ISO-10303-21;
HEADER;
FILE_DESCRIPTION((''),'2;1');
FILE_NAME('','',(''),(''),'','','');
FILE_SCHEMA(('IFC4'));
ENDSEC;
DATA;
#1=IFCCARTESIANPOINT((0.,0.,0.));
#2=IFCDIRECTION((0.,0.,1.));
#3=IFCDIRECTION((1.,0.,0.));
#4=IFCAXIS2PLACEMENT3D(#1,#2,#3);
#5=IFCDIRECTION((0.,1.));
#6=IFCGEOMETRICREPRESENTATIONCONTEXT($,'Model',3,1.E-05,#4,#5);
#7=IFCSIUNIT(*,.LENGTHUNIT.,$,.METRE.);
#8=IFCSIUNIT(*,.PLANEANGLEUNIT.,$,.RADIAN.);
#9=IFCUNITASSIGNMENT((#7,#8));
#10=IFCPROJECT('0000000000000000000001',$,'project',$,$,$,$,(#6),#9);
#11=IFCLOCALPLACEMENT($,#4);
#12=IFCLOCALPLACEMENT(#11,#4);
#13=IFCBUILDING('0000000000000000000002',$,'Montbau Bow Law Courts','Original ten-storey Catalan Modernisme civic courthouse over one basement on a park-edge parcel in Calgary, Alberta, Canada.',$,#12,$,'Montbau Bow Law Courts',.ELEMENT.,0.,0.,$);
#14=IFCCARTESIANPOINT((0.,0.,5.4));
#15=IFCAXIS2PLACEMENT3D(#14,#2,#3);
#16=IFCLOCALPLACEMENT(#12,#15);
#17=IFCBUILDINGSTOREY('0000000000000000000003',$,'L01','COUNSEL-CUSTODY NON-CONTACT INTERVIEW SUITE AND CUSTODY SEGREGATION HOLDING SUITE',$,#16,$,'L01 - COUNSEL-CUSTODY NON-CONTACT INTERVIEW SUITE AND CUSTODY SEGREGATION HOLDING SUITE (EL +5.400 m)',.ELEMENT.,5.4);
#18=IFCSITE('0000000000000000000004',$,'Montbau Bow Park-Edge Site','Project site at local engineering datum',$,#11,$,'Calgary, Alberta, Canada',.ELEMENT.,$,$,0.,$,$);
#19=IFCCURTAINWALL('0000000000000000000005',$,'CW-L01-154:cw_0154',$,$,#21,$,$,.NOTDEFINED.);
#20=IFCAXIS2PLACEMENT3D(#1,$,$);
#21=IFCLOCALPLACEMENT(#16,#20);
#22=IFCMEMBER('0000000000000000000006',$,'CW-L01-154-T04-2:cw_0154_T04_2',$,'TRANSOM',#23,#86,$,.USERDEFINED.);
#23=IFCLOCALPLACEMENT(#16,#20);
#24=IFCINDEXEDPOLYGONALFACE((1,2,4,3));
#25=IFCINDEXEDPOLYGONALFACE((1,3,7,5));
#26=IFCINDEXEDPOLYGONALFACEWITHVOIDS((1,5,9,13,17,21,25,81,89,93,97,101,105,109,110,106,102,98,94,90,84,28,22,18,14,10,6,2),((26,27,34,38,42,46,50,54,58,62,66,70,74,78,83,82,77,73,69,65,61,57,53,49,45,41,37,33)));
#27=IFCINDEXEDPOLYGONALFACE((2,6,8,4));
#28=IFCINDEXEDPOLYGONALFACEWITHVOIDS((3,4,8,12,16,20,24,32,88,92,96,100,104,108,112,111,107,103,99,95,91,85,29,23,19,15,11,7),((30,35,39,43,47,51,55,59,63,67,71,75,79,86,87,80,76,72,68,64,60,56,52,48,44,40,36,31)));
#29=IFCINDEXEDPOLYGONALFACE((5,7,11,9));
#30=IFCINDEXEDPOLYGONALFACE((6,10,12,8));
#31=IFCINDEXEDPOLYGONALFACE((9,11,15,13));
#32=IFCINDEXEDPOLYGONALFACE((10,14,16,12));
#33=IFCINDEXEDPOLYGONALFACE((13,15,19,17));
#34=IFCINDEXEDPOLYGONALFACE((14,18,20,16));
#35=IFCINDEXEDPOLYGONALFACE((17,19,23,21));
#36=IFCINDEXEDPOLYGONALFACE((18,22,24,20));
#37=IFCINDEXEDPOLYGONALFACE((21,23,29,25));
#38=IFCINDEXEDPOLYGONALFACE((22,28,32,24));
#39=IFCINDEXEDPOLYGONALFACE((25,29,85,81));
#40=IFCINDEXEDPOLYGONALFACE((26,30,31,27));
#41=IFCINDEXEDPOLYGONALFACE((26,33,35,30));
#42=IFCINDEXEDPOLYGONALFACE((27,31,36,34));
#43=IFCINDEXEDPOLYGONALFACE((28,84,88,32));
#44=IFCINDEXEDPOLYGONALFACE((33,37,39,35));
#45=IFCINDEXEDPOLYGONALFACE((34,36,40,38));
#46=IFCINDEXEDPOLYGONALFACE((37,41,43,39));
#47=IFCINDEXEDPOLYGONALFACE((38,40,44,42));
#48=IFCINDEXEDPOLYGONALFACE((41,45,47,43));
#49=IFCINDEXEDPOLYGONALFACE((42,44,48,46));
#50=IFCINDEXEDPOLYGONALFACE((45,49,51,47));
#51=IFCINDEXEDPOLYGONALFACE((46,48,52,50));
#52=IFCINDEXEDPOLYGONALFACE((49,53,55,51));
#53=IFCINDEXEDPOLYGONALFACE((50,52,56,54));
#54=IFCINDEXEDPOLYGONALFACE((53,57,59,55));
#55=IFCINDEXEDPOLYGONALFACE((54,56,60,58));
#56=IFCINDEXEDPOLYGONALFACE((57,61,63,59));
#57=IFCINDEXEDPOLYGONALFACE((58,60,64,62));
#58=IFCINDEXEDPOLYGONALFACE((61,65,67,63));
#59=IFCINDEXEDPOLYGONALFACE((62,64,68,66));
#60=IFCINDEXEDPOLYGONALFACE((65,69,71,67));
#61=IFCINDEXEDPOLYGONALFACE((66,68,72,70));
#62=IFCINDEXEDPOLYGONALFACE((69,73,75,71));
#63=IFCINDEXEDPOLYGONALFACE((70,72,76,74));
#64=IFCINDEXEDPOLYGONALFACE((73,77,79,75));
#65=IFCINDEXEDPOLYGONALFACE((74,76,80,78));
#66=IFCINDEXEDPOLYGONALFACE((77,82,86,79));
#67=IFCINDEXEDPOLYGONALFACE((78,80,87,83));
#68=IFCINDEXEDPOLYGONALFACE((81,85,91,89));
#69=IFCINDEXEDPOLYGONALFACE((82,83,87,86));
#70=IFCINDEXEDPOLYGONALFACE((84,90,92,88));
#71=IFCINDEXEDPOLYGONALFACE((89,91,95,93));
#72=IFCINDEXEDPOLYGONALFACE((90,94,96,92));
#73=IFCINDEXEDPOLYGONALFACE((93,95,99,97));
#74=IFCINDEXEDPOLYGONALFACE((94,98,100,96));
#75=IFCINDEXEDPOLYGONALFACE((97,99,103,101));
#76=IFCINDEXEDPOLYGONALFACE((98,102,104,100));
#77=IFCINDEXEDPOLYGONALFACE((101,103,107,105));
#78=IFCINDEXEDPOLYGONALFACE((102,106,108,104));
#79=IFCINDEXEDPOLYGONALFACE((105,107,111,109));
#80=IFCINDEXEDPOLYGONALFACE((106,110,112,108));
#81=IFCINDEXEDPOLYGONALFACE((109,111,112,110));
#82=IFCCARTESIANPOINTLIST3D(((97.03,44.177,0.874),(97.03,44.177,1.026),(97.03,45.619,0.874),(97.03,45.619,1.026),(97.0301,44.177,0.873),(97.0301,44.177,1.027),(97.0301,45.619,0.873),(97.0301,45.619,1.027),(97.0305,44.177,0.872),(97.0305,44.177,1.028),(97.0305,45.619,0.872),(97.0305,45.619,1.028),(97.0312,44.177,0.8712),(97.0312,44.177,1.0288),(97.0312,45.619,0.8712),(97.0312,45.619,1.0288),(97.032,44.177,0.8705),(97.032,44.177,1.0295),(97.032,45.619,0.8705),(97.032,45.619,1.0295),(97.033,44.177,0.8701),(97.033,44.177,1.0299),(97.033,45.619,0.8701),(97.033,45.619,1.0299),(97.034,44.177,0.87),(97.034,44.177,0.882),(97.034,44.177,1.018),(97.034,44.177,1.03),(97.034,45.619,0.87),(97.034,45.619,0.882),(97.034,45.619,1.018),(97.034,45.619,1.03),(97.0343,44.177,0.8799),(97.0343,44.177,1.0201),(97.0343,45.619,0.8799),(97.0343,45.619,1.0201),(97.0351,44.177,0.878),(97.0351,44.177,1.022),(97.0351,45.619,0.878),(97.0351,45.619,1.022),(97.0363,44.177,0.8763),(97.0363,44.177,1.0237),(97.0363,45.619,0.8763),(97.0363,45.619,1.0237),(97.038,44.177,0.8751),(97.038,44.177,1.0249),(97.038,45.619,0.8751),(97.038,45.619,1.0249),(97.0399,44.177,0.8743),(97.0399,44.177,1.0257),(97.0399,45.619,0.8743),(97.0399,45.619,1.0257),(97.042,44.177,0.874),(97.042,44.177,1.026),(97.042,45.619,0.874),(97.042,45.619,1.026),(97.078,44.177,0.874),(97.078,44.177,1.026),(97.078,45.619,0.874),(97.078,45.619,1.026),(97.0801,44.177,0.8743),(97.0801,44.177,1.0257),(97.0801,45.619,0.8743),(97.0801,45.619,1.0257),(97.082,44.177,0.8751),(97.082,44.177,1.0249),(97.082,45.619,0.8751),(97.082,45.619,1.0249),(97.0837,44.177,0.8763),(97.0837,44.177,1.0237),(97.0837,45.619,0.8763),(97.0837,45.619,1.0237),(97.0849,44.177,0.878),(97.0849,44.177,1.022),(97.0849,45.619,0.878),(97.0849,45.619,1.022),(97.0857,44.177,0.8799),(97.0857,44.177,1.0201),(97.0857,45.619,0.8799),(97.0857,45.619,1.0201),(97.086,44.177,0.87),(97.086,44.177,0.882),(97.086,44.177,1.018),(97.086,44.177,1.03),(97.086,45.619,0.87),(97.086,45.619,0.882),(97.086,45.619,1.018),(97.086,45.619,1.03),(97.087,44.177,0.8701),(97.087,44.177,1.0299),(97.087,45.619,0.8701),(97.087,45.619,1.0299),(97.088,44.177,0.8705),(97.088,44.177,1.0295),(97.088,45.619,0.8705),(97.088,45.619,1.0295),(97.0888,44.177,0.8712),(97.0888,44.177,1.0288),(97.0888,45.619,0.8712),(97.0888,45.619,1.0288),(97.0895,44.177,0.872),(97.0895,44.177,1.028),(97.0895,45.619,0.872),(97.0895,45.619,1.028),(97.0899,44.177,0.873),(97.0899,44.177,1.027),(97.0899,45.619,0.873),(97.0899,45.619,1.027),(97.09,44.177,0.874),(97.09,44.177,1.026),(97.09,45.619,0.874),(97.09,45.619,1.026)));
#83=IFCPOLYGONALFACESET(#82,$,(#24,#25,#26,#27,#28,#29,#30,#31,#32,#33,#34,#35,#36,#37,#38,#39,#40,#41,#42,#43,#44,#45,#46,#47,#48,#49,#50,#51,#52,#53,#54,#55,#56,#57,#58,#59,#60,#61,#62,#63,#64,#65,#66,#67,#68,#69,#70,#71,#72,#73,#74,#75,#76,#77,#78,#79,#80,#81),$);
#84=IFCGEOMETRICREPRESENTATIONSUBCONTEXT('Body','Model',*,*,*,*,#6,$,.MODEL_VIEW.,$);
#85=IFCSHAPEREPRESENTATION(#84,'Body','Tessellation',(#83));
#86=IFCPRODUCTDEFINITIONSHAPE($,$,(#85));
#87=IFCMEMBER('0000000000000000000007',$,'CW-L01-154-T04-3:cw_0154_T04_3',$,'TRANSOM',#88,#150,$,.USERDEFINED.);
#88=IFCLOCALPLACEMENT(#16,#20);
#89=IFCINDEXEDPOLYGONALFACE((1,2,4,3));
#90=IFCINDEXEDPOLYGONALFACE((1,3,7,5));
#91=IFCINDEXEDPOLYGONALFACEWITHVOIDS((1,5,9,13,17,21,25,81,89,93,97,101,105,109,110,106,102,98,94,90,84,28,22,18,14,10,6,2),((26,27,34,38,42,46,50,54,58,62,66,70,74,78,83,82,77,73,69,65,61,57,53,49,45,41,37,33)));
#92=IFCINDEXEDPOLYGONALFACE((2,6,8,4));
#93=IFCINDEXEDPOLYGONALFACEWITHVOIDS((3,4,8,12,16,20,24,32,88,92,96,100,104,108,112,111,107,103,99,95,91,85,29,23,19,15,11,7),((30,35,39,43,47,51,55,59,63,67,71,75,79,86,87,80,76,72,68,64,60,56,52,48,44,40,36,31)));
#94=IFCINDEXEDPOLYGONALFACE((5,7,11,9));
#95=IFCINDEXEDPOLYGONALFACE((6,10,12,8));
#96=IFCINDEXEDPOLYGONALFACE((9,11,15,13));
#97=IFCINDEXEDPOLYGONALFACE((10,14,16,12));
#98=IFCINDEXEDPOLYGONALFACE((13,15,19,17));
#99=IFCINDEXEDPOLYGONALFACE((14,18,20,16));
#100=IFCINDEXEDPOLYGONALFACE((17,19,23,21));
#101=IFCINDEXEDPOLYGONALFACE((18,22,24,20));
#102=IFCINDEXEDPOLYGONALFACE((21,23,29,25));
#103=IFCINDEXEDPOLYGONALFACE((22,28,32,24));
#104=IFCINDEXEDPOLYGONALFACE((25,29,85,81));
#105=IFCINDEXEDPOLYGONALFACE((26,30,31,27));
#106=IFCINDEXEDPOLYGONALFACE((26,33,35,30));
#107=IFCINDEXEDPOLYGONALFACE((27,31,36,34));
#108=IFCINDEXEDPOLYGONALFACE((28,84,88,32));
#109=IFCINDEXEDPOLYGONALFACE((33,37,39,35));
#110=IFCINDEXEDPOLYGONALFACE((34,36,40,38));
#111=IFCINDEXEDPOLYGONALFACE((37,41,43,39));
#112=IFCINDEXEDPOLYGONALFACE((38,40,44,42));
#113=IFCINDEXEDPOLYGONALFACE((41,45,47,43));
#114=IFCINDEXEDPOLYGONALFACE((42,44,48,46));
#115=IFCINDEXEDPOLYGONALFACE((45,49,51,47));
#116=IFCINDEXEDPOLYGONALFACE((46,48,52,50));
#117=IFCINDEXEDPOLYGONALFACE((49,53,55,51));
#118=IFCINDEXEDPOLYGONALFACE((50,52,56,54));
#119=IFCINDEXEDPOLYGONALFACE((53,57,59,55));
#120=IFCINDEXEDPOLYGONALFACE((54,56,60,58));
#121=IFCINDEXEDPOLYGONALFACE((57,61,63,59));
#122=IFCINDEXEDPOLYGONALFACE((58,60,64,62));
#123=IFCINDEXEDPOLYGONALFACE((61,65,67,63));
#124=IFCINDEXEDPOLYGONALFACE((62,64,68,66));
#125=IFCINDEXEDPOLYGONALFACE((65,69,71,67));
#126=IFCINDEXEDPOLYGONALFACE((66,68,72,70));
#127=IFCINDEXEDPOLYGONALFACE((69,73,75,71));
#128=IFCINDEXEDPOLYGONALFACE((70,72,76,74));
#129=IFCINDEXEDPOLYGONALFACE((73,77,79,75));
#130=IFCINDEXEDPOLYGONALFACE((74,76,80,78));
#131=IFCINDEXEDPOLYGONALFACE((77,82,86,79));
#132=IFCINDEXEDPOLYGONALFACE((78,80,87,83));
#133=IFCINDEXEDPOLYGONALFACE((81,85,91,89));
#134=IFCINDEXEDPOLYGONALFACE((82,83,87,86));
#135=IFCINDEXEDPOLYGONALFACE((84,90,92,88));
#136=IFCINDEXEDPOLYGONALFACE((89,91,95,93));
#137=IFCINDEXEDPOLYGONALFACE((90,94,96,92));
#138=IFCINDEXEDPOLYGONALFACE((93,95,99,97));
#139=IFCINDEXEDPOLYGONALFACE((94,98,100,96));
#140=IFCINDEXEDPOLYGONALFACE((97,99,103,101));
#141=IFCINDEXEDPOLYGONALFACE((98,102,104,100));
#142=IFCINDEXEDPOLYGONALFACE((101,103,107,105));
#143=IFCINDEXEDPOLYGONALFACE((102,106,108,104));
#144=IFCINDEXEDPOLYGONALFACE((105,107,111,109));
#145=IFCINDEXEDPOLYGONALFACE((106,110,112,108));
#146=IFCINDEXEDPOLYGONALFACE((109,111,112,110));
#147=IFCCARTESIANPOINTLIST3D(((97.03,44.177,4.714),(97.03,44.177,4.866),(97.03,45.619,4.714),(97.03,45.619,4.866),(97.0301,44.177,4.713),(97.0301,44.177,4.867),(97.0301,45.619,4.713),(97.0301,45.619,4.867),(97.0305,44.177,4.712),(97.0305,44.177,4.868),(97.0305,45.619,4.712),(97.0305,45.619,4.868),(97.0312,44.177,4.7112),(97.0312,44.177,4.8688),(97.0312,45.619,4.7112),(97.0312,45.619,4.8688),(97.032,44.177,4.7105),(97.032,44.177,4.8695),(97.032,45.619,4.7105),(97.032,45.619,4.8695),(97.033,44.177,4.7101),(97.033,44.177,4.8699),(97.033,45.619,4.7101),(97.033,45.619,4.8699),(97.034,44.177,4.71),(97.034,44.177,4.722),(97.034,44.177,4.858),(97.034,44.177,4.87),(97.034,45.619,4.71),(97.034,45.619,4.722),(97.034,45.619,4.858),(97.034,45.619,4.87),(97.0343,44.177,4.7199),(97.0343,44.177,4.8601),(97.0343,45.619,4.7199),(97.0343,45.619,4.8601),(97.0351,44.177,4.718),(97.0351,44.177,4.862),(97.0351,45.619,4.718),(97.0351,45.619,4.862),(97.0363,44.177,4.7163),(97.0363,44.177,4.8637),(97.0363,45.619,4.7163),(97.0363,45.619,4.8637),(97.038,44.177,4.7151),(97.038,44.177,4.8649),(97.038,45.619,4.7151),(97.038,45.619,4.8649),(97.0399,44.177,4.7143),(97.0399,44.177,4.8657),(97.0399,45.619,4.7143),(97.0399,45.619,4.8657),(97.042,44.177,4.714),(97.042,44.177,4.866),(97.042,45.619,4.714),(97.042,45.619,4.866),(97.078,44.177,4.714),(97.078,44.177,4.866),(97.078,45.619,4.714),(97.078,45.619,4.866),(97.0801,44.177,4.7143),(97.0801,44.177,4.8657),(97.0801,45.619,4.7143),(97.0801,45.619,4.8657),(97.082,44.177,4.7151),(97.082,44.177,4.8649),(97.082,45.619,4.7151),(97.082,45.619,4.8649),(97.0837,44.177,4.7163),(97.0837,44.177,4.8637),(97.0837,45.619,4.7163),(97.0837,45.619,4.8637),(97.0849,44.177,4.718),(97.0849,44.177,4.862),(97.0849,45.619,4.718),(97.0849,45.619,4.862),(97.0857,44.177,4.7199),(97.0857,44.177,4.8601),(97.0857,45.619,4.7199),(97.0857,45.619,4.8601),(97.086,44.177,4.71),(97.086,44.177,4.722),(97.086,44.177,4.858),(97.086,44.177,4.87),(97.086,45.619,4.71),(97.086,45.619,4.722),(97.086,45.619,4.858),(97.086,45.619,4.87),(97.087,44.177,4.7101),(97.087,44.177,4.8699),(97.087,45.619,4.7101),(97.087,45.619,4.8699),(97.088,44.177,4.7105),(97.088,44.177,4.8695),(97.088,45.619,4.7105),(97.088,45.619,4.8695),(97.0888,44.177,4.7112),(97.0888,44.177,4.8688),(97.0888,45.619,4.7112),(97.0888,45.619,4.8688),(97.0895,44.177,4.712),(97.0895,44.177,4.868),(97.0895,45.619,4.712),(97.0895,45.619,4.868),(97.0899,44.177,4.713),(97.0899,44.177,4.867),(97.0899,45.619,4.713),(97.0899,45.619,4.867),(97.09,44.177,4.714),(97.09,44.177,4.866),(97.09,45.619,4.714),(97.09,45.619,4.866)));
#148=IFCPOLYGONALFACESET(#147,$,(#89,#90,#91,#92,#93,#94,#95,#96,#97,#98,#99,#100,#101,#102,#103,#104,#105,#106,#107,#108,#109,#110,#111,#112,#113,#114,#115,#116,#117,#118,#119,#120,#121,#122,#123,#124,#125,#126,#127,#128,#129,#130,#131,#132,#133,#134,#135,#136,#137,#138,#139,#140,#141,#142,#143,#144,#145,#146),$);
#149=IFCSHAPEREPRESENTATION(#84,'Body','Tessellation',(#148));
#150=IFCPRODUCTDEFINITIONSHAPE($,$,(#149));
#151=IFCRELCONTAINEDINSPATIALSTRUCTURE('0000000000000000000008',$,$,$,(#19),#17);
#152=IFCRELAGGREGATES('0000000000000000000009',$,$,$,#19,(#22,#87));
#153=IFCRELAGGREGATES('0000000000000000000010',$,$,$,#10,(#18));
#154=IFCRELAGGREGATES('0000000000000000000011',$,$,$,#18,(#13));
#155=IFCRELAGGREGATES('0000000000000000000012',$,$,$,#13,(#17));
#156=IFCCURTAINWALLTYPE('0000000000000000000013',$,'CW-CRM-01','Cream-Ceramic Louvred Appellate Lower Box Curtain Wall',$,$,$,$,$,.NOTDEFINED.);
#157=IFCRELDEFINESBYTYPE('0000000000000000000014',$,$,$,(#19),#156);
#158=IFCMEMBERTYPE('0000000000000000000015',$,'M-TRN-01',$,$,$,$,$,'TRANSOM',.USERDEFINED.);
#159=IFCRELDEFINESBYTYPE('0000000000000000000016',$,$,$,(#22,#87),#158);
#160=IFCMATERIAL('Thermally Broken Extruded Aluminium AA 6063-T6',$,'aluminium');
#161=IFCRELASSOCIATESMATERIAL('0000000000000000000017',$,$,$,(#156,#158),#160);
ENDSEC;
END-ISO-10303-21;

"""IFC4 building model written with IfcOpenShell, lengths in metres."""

from ifc_helpers import new_model, si_unit, direction, frame, origin_with_axes, origin_2d_with_axis, place, context, subcontext, project, spatial, hollow_rectangle, extrude, material, material_profile, profile_set, type_object, element, aggregate, save


model = new_model("IFC4")

# Units and contexts
model_context = context("Model", 3, precision=1e-05, world=origin_with_axes(), true_north=direction((0.0, 1.0)))
body_context = subcontext(model_context, "Body", "Model", "MODEL_VIEW")
ifc_project = project(units=[si_unit("LENGTHUNIT", "METRE"), si_unit("PLANEANGLEUNIT", "RADIAN")], contexts=[model_context])

# Site, building, storey
site_placement = place(None, origin_with_axes())
site = spatial("IfcSite", under=ifc_project, at=site_placement, Name="Montbau Bow Park-Edge Site", Description="Project site at local engineering datum", LongName="Calgary, Alberta, Canada", CompositionType="ELEMENT", RefElevation=0.0)
building_placement = place(site_placement, origin_with_axes())
building = spatial("IfcBuilding", under=site, at=building_placement, Name="Montbau Bow Law Courts", Description="Original ten-storey Catalan Modernisme civic courthouse over one basement on a park-edge parcel in Calgary, Alberta, Canada.", LongName="Montbau Bow Law Courts", CompositionType="ELEMENT", ElevationOfRefHeight=0.0, ElevationOfTerrain=0.0)
storey_placement = place(building_placement, frame((0.0, 0.0, 5.4), z_axis=(0.0, 0.0, 1.0), x_axis=(1.0, 0.0, 0.0)))
storey = spatial("IfcBuildingStorey", under=building, at=storey_placement, Name="L01", Description="COUNSEL-CUSTODY NON-CONTACT INTERVIEW SUITE AND CUSTODY SEGREGATION HOLDING SUITE", LongName="L01 - COUNSEL-CUSTODY NON-CONTACT INTERVIEW SUITE AND CUSTODY SEGREGATION HOLDING SUITE (EL +5.400 m)", CompositionType="ELEMENT", Elevation=5.4)

# Curtain wall
ifc_material_1 = material(Name="Thermally Broken Extruded Aluminium AA 6063-T6", Category="aluminium")
curtain_wall_type = type_object("IfcCurtainWallType", Name="CW-CRM-01", Description="Cream-Ceramic Louvred Appellate Lower Box Curtain Wall", PredefinedType="NOTDEFINED", material=ifc_material_1)
curtain_wall_1_placement = place(None, frame((97.06, 39.515, 5.4), z_axis=(0.0, 0.0, 1.0), x_axis=(1.0, 0.0, 0.0)))
curtain_wall_1 = element("IfcCurtainWall", 1, at=curtain_wall_1_placement, inside=storey, type_object=curtain_wall_type, Name="CW-L01-154:cw_0154", PredefinedType="NOTDEFINED")

# Members
ifc_material_profile_1 = material_profile(ifc_material_1, hollow_rectangle(XDim=0.06, YDim=0.16, WallThickness=0.004, InnerFilletRadius=0.008, OuterFilletRadius=0.004, at=origin_2d_with_axis()), Name="CWT-160X60", Category="Main", Priority=0)
ifc_profile_set_1 = profile_set([ifc_material_profile_1], Name="Thermally Broken Extruded Aluminium AA 6063-T6")
member_type_1 = type_object("IfcMemberType", Name="M-TRN-01", ElementType="TRANSOM", PredefinedType="USERDEFINED", material=ifc_profile_set_1)
member_1_placement = place(None, frame((97.06, 44.177, 6.35), z_axis=(0.0, 1.0, 0.0), x_axis=(-1.0, 0.0, 0.0)))
member_1 = element("IfcMember", 2, at=member_1_placement, type_object=member_type_1, Name="CW-L01-154-T04-2:cw_0154_T04_2", ObjectType="TRANSOM", PredefinedType="USERDEFINED", context=body_context, shape_type="SweptSolid", body=[
    extrude(hollow_rectangle(XDim=0.06, YDim=0.16, WallThickness=0.004, InnerFilletRadius=0.008, OuterFilletRadius=0.004, at=origin_2d_with_axis()), origin_with_axes(), (0.0, 0.0, 1.0), 1.442),
])
member_2_placement = place(None, frame((97.06, 44.177, 10.19), z_axis=(0.0, 1.0, 0.0), x_axis=(-1.0, 0.0, 0.0)))
member_2 = element("IfcMember", 3, at=member_2_placement, type_object=member_type_1, Name="CW-L01-154-T04-3:cw_0154_T04_3", ObjectType="TRANSOM", PredefinedType="USERDEFINED", context=body_context, shape_type="SweptSolid", body=[
    extrude(hollow_rectangle(XDim=0.06, YDim=0.16, WallThickness=0.004, InnerFilletRadius=0.008, OuterFilletRadius=0.004, at=origin_2d_with_axis()), origin_with_axes(), (0.0, 0.0, 1.0), 1.442),
])

aggregate(curtain_wall_1, [member_1, member_2])

save(model, "model.ifc")
